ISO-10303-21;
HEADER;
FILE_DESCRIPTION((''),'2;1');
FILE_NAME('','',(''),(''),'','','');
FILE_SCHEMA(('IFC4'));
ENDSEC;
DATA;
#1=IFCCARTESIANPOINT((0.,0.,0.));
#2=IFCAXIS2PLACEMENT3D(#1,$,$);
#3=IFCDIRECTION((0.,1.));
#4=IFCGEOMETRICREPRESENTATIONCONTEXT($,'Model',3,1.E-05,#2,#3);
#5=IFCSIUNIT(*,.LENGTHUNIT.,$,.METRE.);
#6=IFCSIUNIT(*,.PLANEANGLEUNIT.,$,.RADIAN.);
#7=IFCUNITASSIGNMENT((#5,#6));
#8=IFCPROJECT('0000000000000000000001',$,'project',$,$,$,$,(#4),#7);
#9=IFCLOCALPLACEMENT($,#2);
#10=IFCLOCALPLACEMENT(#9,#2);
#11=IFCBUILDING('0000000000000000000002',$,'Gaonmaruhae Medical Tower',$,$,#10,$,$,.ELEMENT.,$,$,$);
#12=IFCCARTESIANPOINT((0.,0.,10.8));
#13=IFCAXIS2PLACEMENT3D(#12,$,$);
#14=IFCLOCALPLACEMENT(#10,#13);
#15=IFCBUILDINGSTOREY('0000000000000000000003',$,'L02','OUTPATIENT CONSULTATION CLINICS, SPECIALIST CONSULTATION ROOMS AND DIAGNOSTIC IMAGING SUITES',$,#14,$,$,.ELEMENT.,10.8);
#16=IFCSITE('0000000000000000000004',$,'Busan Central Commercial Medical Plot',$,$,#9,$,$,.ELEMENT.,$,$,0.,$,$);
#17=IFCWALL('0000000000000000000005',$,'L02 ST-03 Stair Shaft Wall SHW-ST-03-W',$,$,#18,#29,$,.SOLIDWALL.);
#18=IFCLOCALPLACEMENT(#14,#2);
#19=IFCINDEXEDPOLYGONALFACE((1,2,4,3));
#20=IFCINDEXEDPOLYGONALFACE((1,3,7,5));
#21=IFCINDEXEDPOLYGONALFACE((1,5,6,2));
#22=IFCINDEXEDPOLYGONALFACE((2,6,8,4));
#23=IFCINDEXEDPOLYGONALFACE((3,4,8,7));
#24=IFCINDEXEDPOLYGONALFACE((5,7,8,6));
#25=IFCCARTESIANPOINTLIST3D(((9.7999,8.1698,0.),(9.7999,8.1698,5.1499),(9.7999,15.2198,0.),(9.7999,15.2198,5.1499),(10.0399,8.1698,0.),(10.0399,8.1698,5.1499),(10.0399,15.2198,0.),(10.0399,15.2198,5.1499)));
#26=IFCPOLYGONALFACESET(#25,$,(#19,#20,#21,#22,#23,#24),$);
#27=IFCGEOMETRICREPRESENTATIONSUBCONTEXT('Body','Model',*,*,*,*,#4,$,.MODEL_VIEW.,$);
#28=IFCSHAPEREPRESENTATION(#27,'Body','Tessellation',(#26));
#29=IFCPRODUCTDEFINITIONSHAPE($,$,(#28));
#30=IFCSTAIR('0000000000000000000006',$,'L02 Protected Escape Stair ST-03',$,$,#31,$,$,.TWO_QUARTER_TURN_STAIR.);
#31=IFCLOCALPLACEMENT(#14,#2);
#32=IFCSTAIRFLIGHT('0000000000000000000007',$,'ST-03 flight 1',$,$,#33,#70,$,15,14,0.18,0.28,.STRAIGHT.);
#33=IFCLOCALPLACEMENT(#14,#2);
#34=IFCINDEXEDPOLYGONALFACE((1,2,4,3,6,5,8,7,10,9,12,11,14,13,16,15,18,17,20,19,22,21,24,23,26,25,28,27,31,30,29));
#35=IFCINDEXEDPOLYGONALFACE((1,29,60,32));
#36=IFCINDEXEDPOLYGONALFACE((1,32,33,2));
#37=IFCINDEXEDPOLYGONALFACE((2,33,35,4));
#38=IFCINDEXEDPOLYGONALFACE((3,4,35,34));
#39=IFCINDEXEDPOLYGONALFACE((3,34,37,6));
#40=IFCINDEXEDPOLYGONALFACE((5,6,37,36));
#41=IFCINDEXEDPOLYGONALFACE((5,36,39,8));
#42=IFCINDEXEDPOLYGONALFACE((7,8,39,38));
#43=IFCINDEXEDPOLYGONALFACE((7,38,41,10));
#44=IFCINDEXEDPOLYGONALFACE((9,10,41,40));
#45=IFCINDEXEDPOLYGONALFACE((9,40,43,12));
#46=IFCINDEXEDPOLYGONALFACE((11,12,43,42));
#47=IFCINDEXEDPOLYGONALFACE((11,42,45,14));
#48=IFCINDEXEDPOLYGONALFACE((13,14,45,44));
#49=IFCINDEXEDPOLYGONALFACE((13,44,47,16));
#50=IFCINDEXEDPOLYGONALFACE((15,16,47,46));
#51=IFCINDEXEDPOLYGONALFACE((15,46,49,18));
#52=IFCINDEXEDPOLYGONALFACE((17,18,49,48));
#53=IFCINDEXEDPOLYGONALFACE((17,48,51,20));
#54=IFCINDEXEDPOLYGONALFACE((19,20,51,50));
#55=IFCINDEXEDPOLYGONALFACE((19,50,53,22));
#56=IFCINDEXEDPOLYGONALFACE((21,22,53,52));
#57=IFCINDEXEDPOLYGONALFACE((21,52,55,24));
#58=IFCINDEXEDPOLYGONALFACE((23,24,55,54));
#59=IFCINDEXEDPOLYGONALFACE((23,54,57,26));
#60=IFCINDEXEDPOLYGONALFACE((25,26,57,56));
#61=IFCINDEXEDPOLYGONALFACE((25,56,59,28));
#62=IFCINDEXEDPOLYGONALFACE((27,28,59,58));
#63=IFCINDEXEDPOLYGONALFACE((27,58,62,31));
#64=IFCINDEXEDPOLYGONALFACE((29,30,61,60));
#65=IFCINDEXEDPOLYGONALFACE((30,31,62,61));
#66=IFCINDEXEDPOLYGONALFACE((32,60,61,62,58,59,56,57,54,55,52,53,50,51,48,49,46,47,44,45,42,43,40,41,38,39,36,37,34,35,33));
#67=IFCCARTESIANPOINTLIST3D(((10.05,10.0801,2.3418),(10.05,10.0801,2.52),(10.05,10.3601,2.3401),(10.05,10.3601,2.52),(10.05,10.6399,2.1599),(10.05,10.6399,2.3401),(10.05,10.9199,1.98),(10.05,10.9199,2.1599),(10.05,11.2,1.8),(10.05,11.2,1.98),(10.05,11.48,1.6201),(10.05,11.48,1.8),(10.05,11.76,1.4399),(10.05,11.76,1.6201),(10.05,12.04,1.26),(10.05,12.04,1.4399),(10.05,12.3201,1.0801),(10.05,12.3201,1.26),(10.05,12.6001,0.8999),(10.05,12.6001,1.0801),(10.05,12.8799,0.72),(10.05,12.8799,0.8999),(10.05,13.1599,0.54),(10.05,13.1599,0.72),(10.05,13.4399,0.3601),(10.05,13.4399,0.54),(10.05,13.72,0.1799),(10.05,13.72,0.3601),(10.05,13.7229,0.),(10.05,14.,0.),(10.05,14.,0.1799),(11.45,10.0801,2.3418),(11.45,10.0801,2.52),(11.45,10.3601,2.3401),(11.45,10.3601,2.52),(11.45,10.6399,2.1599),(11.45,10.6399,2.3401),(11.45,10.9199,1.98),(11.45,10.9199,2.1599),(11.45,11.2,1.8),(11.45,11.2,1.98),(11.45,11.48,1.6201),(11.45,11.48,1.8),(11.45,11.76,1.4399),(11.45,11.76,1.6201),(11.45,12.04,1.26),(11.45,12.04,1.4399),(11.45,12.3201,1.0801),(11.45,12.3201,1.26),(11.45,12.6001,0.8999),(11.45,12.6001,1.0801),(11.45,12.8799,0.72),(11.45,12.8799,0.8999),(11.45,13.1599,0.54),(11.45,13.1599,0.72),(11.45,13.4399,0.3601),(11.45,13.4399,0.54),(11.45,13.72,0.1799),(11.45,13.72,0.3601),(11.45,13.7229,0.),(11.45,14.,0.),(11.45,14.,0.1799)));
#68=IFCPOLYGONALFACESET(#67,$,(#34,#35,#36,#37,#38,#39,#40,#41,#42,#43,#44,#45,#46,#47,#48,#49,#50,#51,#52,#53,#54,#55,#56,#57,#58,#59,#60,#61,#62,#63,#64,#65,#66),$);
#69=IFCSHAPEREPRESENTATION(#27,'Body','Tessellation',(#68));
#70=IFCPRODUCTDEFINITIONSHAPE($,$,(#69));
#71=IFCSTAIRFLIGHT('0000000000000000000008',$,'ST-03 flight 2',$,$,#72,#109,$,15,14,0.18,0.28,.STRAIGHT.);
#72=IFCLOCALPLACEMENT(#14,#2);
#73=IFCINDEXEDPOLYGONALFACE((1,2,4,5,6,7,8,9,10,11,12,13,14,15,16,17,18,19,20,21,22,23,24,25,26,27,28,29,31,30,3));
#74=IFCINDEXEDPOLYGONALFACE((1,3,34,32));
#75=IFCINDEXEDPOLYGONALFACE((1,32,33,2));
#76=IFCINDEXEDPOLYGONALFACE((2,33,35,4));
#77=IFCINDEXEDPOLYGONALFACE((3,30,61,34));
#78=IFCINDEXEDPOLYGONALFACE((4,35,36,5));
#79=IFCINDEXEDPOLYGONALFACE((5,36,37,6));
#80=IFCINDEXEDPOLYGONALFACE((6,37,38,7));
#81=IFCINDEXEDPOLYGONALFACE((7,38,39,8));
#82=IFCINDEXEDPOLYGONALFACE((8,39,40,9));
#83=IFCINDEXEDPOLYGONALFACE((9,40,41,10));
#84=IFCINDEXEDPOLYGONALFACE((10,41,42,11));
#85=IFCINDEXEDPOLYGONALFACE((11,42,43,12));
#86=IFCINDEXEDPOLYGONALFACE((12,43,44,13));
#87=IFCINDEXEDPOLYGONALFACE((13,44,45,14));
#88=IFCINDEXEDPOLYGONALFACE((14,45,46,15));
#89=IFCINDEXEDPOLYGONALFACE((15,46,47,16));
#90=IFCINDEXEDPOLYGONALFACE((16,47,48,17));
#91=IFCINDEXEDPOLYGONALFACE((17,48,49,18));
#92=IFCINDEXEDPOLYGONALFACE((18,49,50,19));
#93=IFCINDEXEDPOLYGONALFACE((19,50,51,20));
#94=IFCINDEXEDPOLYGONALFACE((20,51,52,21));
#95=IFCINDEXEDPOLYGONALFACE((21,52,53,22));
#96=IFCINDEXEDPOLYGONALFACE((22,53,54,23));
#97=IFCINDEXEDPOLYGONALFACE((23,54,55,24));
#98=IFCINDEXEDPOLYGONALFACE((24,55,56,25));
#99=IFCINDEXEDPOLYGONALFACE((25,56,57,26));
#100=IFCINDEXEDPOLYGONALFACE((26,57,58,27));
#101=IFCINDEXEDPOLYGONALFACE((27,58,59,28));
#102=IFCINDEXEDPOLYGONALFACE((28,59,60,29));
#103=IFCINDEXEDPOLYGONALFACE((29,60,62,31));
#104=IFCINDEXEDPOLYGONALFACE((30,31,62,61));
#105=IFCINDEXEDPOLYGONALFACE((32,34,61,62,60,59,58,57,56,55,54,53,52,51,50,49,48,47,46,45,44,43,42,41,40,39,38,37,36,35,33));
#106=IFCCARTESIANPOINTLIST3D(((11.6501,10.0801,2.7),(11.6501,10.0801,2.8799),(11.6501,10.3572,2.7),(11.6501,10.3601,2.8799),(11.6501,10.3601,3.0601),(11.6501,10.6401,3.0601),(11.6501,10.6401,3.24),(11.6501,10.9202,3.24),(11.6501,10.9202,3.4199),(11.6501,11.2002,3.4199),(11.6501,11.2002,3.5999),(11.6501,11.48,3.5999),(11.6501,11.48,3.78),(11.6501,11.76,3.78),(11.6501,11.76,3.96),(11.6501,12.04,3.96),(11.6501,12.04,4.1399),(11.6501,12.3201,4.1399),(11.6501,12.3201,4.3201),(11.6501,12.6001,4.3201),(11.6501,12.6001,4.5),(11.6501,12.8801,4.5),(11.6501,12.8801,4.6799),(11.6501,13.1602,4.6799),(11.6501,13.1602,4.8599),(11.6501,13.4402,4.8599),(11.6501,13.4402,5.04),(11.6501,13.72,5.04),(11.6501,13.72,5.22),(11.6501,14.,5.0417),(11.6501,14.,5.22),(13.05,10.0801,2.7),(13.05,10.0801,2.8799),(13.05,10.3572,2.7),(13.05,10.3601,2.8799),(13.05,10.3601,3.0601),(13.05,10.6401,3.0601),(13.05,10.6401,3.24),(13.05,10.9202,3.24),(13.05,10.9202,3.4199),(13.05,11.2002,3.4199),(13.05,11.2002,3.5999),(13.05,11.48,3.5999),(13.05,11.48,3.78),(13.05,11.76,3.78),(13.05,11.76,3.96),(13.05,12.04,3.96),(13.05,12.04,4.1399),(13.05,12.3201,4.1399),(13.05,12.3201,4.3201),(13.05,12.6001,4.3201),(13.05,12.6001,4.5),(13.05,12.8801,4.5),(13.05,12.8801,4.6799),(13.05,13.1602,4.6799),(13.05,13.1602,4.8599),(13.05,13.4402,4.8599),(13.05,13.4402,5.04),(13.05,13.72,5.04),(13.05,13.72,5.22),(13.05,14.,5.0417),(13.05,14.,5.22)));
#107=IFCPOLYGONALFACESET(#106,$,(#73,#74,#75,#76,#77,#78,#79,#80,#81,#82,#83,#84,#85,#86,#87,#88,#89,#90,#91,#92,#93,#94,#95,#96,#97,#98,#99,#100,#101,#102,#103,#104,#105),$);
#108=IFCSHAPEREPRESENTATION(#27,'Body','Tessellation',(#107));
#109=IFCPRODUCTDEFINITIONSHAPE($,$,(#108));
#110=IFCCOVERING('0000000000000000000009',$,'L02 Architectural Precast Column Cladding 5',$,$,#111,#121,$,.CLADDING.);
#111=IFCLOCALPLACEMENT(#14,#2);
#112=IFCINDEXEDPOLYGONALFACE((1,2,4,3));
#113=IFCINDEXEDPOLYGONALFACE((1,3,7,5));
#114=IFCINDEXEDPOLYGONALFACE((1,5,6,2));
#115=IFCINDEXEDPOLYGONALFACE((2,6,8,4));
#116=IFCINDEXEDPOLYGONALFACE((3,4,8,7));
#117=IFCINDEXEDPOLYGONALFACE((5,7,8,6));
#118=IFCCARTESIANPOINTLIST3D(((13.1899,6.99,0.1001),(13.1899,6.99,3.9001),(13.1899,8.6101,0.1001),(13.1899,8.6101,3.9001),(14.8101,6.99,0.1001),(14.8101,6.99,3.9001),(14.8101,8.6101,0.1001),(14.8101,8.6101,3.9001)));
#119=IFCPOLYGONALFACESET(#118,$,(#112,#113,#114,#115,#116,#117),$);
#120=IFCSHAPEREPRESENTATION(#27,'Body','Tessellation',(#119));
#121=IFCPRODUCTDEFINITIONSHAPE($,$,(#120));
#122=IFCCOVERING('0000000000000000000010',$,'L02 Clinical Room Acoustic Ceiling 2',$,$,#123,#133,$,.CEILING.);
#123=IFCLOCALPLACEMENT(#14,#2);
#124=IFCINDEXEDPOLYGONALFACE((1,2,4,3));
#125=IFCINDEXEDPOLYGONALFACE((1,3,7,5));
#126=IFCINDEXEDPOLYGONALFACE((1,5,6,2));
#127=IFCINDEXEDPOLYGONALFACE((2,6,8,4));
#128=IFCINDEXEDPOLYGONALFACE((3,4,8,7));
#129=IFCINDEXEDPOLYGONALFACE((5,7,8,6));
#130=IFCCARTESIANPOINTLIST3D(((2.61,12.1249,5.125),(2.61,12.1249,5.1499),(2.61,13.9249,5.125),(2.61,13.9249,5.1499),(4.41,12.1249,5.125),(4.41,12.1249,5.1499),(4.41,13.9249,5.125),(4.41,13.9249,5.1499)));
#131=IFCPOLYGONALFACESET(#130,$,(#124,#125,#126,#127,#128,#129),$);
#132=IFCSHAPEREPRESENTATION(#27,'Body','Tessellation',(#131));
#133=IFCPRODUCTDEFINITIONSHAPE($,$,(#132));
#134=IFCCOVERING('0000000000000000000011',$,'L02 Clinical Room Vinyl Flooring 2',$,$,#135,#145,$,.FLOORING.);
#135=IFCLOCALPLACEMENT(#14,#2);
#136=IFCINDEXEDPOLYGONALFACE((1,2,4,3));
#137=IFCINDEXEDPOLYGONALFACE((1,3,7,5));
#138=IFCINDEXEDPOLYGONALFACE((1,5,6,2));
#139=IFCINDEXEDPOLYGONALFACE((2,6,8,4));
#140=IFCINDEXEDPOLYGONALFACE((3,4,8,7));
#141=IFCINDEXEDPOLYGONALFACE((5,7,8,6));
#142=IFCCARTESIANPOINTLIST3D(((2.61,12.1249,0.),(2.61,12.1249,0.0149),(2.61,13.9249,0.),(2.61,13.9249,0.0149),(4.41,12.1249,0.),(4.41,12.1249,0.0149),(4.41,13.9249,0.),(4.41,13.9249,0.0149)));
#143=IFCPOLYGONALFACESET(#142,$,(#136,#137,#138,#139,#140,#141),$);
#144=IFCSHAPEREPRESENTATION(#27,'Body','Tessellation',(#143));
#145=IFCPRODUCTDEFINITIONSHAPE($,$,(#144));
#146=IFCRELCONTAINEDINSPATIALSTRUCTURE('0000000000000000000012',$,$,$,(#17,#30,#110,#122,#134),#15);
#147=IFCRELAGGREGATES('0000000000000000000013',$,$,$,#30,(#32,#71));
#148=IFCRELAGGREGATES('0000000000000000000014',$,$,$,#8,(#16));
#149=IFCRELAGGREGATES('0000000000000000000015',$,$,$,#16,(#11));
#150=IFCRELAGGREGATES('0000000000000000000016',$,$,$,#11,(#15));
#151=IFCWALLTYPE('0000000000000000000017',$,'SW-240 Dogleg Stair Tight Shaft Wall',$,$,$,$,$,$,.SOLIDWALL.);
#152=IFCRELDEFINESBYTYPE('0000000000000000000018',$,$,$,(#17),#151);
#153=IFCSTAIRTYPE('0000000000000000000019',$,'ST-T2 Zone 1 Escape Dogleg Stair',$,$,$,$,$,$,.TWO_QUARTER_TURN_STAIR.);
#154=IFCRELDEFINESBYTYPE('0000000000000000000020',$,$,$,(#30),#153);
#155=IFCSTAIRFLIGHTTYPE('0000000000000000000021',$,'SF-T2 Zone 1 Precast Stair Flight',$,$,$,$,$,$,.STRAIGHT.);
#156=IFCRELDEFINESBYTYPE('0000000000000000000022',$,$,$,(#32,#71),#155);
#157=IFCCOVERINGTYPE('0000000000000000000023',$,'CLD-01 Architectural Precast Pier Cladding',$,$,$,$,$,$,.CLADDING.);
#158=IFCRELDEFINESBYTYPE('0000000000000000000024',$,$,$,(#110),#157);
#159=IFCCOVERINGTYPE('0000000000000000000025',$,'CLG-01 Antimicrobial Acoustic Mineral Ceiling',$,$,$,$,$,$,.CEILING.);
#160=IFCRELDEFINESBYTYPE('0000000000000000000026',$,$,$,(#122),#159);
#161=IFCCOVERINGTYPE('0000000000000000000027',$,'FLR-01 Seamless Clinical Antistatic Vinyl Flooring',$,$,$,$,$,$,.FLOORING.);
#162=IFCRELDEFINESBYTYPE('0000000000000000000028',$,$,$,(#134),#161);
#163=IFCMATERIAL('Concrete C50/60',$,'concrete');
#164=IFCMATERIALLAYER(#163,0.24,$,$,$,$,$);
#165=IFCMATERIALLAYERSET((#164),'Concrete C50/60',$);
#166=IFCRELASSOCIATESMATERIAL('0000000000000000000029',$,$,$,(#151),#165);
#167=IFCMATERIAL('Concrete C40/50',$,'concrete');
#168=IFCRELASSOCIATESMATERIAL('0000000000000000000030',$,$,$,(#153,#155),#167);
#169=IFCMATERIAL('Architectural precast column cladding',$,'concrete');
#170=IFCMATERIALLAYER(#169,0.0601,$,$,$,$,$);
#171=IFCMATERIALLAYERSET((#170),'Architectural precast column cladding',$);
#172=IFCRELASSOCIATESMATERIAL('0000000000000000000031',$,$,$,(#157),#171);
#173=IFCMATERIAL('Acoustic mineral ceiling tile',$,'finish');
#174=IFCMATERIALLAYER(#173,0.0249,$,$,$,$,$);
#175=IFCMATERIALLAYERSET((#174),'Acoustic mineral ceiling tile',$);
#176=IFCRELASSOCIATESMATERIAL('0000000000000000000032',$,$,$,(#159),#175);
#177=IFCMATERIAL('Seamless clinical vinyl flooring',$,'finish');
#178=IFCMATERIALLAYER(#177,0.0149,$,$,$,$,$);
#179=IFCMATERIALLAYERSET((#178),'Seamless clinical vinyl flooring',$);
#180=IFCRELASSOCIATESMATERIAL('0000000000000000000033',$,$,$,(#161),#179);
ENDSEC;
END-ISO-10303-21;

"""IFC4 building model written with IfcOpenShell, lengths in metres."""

from ifc_helpers import new_model, si_unit, direction, frame, frame_2d, origin, origin_2d, place, context, subcontext, project, spatial, polyline, rectangle, outline, extrude, material, layer, layer_set, type_object, element, aggregate, save


model = new_model("IFC4")

# Units and contexts
model_context = context("Model", 3, precision=1e-05, world=origin(), true_north=direction((0.0, 1.0)))
body_context = subcontext(model_context, "Body", "Model", "MODEL_VIEW")
ifc_project = project(units=[si_unit("LENGTHUNIT", "METRE"), si_unit("PLANEANGLEUNIT", "RADIAN")], contexts=[model_context])

# Site, building, storey
site_placement = place(None, origin())
site = spatial("IfcSite", under=ifc_project, at=site_placement, Name="Busan Central Commercial Medical Plot", CompositionType="ELEMENT", RefElevation=0.0)
building_placement = place(site_placement, origin())
building = spatial("IfcBuilding", under=site, at=building_placement, Name="Gaonmaruhae Medical Tower", CompositionType="ELEMENT")
storey_placement = place(building_placement, frame((0.0, 0.0, 10.8)))
storey = spatial("IfcBuildingStorey", under=building, at=storey_placement, Name="L02", Description="OUTPATIENT CONSULTATION CLINICS, SPECIALIST CONSULTATION ROOMS AND DIAGNOSTIC IMAGING SUITES", CompositionType="ELEMENT", Elevation=10.8)

# Shared definitions
ifc_material_1 = material(Name="Concrete C50/60", Category="concrete")

# Shared definitions
ifc_layer_1 = layer(ifc_material_1, 0.24)
ifc_layer_set_1 = layer_set([ifc_layer_1], Name="Concrete C50/60")
wall_type_1 = type_object("IfcWallType", Name="SW-240 Dogleg Stair Tight Shaft Wall", PredefinedType="SOLIDWALL", material=ifc_layer_set_1)

# Wall
wall_1_placement = place(storey_placement, frame((9.9199, 8.1699, 0.0), z_axis=(0.0, 0.0, 1.0), x_axis=(0.0, 1.0, 0.0)))
element("IfcWall", 1, at=wall_1_placement, inside=storey, type_object=wall_type_1, Name="L02 ST-03 Stair Shaft Wall SHW-ST-03-W", PredefinedType="SOLIDWALL", context=body_context, shape_type="SweptSolid", body=[
    extrude(rectangle(XDim=7.05, YDim=0.24, at=frame_2d((3.5249, 0.0))), origin(), (0.0, 0.0, 1.0), 5.1499),
])

# Stair, stair flights
ifc_material_2 = material(Name="Concrete C40/50", Category="concrete")
stair_type = type_object("IfcStairType", Name="ST-T2 Zone 1 Escape Dogleg Stair", PredefinedType="TWO_QUARTER_TURN_STAIR", material=ifc_material_2)
stair_placement = place(storey_placement, origin())
stair = element("IfcStair", 2, at=stair_placement, inside=storey, type_object=stair_type, Name="L02 Protected Escape Stair ST-03", PredefinedType="TWO_QUARTER_TURN_STAIR")
stair_flight_type = type_object("IfcStairFlightType", Name="SF-T2 Zone 1 Precast Stair Flight", PredefinedType="STRAIGHT", material=ifc_material_2)
stair_flight_1_placement = place(storey_placement, frame((10.75, 14.0, 0.0), z_axis=(0.0, 0.0, 1.0), x_axis=(0.0, -1.0, 0.0)))
stair_flight_1 = element("IfcStairFlight", 3, at=stair_flight_1_placement, type_object=stair_flight_type, Name="ST-03 flight 1", NumberOfRisers=15, NumberOfTreads=14, PredefinedType="STRAIGHT", RiserHeight=0.18, TreadLength=0.28, context=body_context, shape_type="SweptSolid", body=[
    extrude(outline(polyline([(0.0, 0.0), (0.0, 0.1799), (0.28, 0.1799), (0.28, 0.3601), (0.5601, 0.3601), (0.5601, 0.54), (0.8401, 0.54), (0.8401, 0.72), (1.1201, 0.72), (1.1201, 0.8999), (1.3999, 0.8999), (1.3999, 1.0801), (1.6799, 1.0801), (1.6799, 1.26), (1.96, 1.26), (1.96, 1.4399), (2.24, 1.4399), (2.24, 1.6201), (2.52, 1.6201), (2.52, 1.8), (2.8, 1.8), (2.8, 1.98), (3.0801, 1.98), (3.0801, 2.1599), (3.3601, 2.1599), (3.3601, 2.3401), (3.6399, 2.3401), (3.6399, 2.52), (3.9199, 2.52), (3.9199, 2.7), (3.9199, 2.3418), (0.2771, 0.0), (0.0, 0.0)])), frame((0.0, 0.7, 0.0), z_axis=(0.0, -1.0, 0.0), x_axis=(1.0, 0.0, 0.0)), (0.0, 0.0, 1.0), 1.3999),
])
stair_flight_2_placement = place(storey_placement, frame((12.3501, 10.0801, 2.7), z_axis=(0.0, 0.0, 1.0), x_axis=(0.0, 1.0, 0.0)))
stair_flight_2 = element("IfcStairFlight", 4, at=stair_flight_2_placement, type_object=stair_flight_type, Name="ST-03 flight 2", NumberOfRisers=15, NumberOfTreads=14, PredefinedType="STRAIGHT", RiserHeight=0.18, TreadLength=0.28, context=body_context, shape_type="SweptSolid", body=[
    extrude(outline(polyline([(0.0, 0.0), (0.0, 0.1799), (0.28, 0.1799), (0.28, 0.3601), (0.5601, 0.3601), (0.5601, 0.54), (0.8401, 0.54), (0.8401, 0.72), (1.1201, 0.72), (1.1201, 0.8999), (1.3999, 0.8999), (1.3999, 1.0801), (1.6799, 1.0801), (1.6799, 1.26), (1.96, 1.26), (1.96, 1.4399), (2.24, 1.4399), (2.24, 1.6201), (2.52, 1.6201), (2.52, 1.8), (2.8, 1.8), (2.8, 1.98), (3.0801, 1.98), (3.0801, 2.1599), (3.3601, 2.1599), (3.3601, 2.3401), (3.6399, 2.3401), (3.6399, 2.52), (3.9199, 2.52), (3.9199, 2.7), (3.9199, 2.3418), (0.2771, 0.0), (0.0, 0.0)])), frame((0.0, 0.7, 0.0), z_axis=(0.0, -1.0, 0.0), x_axis=(1.0, 0.0, 0.0)), (0.0, 0.0, 1.0), 1.3999),
])
aggregate(stair, [stair_flight_1, stair_flight_2])

# Coverings
ifc_material_3 = material(Name="Architectural precast column cladding", Category="concrete")
ifc_layer_2 = layer(ifc_material_3, 0.0601)
ifc_layer_set_2 = layer_set([ifc_layer_2], Name="Architectural precast column cladding")
covering_type_1 = type_object("IfcCoveringType", Name="CLD-01 Architectural Precast Pier Cladding", PredefinedType="CLADDING", material=ifc_layer_set_2)
covering_1_placement = place(storey_placement, frame((14.0, 7.8, 0.1001), z_axis=(0.0, 0.0, 1.0), x_axis=(1.0, 0.0, 0.0)))
element("IfcCovering", 5, at=covering_1_placement, inside=storey, type_object=covering_type_1, Name="L02 Architectural Precast Column Cladding 5", PredefinedType="CLADDING", context=body_context, shape_type="SweptSolid", body=[
    extrude(rectangle(XDim=1.6201, YDim=1.6201, at=origin_2d()), origin(), (0.0, 0.0, 1.0), 3.8),
])
ifc_material_4 = material(Name="Acoustic mineral ceiling tile", Category="finish")
ifc_layer_3 = layer(ifc_material_4, 0.0249)
ifc_layer_set_3 = layer_set([ifc_layer_3], Name="Acoustic mineral ceiling tile")
covering_type_2 = type_object("IfcCoveringType", Name="CLG-01 Antimicrobial Acoustic Mineral Ceiling", PredefinedType="CEILING", material=ifc_layer_set_3)
covering_2_placement = place(storey_placement, frame((3.51, 13.0249, 5.125), z_axis=(0.0, 0.0, 1.0), x_axis=(1.0, 0.0, 0.0)))
element("IfcCovering", 6, at=covering_2_placement, inside=storey, type_object=covering_type_2, Name="L02 Clinical Room Acoustic Ceiling 2", PredefinedType="CEILING", context=body_context, shape_type="SweptSolid", body=[
    extrude(rectangle(XDim=1.8, YDim=1.8, at=origin_2d()), origin(), (0.0, 0.0, 1.0), 0.0249),
])
ifc_material_5 = material(Name="Seamless clinical vinyl flooring", Category="finish")
ifc_layer_4 = layer(ifc_material_5, 0.0149)
ifc_layer_set_4 = layer_set([ifc_layer_4], Name="Seamless clinical vinyl flooring")
covering_type_3 = type_object("IfcCoveringType", Name="FLR-01 Seamless Clinical Antistatic Vinyl Flooring", PredefinedType="FLOORING", material=ifc_layer_set_4)
covering_3_placement = place(storey_placement, frame((3.51, 13.0249, 0.0), z_axis=(0.0, 0.0, 1.0), x_axis=(1.0, 0.0, 0.0)))
element("IfcCovering", 7, at=covering_3_placement, inside=storey, type_object=covering_type_3, Name="L02 Clinical Room Vinyl Flooring 2", PredefinedType="FLOORING", context=body_context, shape_type="SweptSolid", body=[
    extrude(rectangle(XDim=1.8, YDim=1.8, at=origin_2d()), origin(), (0.0, 0.0, 1.0), 0.0149),
])

save(model, "model.ifc")
